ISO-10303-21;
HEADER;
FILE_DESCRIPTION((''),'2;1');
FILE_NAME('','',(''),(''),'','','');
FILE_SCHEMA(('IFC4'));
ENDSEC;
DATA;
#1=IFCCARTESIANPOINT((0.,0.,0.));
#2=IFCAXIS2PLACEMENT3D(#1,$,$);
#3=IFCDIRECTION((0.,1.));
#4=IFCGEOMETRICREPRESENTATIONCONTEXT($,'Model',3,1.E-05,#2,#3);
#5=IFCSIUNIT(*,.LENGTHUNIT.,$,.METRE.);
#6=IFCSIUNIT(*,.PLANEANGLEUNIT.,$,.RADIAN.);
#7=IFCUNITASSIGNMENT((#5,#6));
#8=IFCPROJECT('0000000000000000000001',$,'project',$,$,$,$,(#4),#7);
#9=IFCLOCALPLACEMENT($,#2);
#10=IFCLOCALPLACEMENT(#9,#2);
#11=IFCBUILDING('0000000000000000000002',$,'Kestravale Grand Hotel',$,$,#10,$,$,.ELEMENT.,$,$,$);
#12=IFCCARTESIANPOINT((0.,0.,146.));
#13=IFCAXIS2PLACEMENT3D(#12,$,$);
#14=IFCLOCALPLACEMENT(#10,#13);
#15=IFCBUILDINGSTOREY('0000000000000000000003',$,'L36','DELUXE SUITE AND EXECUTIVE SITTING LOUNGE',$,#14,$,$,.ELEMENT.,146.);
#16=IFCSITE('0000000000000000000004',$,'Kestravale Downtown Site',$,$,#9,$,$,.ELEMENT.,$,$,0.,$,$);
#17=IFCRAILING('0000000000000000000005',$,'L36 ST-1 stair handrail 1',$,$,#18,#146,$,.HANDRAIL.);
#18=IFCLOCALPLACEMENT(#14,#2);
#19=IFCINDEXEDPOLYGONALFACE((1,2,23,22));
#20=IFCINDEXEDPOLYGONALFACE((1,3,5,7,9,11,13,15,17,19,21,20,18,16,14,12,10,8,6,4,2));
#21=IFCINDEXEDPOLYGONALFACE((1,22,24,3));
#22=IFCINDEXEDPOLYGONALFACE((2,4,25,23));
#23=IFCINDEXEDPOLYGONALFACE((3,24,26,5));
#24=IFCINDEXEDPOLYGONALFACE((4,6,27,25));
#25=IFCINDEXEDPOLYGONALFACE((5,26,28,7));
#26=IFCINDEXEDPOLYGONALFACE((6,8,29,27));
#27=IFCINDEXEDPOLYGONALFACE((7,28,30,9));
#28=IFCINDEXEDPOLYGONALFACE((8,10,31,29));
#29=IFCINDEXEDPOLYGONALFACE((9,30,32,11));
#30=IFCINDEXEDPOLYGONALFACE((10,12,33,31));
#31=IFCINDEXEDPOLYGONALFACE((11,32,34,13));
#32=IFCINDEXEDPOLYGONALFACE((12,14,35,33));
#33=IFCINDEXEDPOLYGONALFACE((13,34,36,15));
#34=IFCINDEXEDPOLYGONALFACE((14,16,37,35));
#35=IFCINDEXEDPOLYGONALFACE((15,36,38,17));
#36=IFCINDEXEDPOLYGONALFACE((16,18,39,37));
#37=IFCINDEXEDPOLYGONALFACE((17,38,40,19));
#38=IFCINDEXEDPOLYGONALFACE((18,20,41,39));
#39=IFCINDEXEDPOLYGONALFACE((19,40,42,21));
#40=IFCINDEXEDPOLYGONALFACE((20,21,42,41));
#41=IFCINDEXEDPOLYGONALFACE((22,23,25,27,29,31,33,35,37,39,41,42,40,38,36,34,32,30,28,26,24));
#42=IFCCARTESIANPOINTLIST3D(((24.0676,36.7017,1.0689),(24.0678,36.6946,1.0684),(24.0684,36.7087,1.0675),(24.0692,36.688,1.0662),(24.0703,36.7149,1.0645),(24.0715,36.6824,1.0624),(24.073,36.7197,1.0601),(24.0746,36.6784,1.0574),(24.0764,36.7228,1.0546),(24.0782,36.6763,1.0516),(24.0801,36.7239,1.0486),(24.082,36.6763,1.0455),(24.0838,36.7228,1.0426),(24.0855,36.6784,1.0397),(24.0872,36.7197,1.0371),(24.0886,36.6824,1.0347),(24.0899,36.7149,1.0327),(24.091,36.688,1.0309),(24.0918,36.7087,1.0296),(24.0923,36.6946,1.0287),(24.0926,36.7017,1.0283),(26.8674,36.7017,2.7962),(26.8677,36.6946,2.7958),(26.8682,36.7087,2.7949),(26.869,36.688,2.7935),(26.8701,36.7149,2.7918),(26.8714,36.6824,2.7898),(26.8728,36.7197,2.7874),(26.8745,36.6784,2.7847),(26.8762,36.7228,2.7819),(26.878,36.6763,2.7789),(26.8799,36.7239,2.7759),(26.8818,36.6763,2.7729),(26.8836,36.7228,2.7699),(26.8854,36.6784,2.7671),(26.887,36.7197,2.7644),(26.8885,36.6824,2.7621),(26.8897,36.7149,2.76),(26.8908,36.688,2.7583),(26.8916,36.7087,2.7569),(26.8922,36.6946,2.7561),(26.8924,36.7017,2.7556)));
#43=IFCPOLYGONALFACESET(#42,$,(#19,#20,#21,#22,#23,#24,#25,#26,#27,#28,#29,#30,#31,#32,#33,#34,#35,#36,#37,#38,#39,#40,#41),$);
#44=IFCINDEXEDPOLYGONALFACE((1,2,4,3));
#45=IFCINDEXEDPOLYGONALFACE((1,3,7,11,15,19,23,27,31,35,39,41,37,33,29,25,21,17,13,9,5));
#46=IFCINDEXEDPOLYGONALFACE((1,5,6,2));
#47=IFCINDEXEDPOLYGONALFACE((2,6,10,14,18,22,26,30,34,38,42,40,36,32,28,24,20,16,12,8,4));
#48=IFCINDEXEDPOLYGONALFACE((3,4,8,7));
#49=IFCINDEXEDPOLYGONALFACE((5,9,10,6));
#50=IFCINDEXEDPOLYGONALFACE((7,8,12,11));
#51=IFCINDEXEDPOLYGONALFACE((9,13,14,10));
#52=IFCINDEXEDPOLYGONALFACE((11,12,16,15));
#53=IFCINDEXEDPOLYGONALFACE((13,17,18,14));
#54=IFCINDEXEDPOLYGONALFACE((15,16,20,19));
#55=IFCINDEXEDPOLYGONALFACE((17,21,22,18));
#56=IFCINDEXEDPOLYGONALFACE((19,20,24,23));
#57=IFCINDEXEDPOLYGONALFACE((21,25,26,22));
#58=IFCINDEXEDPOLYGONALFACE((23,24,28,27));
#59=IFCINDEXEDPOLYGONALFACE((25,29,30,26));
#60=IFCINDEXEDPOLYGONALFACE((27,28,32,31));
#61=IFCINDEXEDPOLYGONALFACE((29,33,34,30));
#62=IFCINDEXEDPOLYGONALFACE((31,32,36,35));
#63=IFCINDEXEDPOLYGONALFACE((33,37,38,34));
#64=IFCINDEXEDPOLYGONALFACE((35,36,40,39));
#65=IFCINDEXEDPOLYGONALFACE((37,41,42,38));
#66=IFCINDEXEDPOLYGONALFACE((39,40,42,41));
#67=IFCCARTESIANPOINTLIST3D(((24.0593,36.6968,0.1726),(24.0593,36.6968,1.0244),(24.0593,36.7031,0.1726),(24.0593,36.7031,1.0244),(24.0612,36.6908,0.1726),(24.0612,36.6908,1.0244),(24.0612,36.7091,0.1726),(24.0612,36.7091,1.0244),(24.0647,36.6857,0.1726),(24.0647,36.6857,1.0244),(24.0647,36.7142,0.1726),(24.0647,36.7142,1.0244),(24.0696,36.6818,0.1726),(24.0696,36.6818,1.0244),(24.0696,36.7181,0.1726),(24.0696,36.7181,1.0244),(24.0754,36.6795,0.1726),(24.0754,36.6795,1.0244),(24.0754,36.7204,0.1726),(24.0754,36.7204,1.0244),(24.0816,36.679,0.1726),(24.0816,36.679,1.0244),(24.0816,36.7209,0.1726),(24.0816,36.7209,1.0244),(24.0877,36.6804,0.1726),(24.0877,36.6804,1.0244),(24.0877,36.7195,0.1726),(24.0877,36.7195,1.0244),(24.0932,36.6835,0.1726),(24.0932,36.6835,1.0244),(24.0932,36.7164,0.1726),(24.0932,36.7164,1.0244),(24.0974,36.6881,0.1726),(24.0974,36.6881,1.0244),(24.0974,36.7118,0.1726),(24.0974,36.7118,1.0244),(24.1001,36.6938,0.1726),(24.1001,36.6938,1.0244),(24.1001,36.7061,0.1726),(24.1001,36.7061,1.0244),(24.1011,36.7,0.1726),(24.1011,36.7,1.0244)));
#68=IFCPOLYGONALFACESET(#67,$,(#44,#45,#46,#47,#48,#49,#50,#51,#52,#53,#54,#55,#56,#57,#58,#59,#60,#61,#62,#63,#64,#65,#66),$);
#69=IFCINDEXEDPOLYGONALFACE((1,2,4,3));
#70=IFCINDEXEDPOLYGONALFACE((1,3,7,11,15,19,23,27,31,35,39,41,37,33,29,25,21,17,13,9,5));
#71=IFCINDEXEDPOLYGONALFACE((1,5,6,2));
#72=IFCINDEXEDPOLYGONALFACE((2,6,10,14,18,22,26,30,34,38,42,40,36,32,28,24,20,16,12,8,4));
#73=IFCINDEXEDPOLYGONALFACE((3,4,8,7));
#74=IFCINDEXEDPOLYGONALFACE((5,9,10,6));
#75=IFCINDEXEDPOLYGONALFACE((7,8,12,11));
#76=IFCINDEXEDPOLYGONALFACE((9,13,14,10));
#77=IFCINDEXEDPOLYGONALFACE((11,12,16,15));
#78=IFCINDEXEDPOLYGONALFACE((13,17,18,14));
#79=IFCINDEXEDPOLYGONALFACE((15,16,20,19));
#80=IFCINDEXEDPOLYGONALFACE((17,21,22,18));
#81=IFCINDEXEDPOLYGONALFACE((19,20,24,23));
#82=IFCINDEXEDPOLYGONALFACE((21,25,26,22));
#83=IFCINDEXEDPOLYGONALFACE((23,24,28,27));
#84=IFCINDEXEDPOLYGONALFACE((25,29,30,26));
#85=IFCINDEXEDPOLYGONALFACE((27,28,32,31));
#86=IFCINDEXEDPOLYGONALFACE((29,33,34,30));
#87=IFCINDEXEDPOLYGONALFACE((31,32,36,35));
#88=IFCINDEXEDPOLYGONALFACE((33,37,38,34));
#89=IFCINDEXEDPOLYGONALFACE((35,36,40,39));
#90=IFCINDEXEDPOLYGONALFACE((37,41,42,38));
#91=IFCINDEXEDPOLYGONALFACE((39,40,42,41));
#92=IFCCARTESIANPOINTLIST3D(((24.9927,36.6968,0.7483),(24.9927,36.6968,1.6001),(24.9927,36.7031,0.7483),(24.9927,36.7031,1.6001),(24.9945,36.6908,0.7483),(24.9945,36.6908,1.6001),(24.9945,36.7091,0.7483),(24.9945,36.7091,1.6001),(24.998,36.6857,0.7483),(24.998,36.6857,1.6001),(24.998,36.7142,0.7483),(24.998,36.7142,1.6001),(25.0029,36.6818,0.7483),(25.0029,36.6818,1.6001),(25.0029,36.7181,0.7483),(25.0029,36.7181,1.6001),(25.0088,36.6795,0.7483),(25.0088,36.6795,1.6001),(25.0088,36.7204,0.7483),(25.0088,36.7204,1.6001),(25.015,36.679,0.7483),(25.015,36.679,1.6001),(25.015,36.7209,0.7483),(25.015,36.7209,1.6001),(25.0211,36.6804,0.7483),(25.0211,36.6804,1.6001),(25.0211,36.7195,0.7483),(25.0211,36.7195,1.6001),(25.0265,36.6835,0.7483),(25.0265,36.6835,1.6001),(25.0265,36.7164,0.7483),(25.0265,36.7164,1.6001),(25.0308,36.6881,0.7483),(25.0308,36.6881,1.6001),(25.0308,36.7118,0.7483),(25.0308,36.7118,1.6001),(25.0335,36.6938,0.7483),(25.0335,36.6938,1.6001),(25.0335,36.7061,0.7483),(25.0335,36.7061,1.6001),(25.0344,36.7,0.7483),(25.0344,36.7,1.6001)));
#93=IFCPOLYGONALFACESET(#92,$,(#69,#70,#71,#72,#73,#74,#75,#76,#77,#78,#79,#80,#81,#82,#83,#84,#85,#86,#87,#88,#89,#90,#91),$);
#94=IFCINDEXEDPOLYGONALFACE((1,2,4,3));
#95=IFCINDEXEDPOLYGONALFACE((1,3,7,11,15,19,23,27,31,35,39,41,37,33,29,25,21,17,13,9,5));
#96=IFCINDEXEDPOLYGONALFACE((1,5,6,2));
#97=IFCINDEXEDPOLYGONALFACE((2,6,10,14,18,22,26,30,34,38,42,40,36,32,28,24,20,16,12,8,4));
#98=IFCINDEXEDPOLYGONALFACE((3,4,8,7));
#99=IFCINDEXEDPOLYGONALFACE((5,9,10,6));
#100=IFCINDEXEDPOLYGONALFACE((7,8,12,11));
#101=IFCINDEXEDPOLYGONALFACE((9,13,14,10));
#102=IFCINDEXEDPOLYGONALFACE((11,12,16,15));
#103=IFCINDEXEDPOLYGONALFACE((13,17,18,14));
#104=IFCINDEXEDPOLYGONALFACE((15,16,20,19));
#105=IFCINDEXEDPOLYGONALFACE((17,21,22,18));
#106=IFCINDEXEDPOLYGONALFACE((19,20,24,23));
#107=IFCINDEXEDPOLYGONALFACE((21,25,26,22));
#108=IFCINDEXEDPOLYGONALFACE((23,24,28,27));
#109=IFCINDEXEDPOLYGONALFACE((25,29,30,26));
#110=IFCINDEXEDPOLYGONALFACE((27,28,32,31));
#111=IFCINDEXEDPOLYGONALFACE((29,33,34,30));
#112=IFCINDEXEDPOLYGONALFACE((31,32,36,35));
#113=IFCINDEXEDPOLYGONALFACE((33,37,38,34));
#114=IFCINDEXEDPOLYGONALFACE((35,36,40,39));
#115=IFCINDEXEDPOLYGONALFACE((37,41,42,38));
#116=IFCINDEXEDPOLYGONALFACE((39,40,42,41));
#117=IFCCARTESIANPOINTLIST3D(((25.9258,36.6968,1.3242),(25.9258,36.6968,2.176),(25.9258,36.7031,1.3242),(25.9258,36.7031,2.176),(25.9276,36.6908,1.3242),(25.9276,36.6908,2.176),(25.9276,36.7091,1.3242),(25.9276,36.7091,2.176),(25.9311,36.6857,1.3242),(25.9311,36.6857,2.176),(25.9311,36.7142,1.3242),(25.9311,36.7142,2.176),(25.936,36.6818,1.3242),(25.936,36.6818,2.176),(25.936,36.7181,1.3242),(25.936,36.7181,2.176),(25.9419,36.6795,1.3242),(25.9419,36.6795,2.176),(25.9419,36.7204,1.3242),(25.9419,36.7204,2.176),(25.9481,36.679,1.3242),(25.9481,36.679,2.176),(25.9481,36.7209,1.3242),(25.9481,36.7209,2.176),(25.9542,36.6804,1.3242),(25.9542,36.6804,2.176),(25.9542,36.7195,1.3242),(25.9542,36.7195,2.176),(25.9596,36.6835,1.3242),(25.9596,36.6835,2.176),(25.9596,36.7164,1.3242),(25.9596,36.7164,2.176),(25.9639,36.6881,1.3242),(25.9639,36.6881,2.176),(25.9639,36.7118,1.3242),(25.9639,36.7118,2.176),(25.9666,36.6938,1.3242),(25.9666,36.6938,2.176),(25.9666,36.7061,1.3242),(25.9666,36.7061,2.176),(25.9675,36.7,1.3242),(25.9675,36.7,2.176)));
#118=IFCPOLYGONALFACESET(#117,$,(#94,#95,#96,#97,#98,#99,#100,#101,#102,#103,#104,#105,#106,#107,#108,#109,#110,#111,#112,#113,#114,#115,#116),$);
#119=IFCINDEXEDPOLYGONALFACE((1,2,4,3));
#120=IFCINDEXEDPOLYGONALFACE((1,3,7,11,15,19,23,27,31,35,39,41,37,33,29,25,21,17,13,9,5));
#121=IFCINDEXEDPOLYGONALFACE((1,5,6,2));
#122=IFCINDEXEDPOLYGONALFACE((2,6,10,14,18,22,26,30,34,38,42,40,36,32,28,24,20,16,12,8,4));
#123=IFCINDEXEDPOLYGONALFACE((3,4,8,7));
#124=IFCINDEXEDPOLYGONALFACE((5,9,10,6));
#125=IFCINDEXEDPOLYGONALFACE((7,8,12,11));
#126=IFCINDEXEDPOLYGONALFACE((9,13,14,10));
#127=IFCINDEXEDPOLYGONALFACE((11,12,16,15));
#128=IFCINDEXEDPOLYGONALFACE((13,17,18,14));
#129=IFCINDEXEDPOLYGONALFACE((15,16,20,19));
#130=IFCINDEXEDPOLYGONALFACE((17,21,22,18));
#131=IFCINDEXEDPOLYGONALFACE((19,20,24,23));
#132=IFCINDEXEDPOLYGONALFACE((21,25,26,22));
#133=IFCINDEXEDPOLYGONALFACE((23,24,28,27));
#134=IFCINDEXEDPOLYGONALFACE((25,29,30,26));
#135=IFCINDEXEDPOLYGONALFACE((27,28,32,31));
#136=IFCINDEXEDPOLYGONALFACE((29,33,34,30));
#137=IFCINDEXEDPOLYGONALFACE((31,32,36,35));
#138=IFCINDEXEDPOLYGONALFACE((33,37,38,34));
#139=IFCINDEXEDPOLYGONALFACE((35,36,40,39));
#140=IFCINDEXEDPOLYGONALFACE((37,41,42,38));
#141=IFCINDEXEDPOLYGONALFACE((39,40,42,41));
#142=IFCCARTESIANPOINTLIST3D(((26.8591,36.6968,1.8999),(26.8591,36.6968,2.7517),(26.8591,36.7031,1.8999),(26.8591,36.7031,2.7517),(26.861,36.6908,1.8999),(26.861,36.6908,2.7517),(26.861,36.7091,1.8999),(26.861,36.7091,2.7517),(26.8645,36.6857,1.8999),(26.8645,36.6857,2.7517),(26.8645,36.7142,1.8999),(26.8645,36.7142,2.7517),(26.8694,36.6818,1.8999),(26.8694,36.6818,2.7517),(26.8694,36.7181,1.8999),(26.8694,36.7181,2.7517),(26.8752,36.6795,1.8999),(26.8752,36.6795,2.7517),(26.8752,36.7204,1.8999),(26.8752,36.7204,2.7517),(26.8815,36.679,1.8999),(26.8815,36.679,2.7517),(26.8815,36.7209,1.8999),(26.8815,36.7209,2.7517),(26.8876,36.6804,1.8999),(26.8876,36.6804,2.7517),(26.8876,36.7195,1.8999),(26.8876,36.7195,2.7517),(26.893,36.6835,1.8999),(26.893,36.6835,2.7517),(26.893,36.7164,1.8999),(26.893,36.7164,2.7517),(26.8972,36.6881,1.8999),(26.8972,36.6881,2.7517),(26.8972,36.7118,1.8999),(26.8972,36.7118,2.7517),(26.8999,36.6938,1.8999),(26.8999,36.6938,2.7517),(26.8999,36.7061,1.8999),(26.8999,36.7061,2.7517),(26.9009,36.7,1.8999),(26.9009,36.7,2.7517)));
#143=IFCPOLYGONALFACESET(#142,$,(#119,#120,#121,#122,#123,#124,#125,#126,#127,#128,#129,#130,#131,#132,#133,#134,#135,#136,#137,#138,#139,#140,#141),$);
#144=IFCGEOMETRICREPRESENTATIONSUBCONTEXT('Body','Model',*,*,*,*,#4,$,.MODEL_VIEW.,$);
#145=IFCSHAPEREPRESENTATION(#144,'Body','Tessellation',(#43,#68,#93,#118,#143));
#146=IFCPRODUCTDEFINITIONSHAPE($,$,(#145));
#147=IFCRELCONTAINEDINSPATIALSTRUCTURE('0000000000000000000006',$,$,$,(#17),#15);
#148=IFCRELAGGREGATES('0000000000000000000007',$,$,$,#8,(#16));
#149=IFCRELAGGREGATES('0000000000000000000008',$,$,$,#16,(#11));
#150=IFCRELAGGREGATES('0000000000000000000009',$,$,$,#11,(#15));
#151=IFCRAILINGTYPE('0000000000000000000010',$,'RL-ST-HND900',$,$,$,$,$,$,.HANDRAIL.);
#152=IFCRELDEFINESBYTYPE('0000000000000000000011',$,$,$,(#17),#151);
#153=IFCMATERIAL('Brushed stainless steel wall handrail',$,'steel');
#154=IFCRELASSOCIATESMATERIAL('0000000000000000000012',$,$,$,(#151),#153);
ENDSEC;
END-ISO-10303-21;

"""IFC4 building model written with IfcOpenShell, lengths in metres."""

from ifc_helpers import new_model, si_unit, direction, frame, origin, origin_2d, place, context, subcontext, project, spatial, circle, extrude, material, type_object, element, save


model = new_model("IFC4")

# Units and contexts
model_context = context("Model", 3, precision=1e-05, world=origin(), true_north=direction((0.0, 1.0)))
body_context = subcontext(model_context, "Body", "Model", "MODEL_VIEW")
ifc_project = project(units=[si_unit("LENGTHUNIT", "METRE"), si_unit("PLANEANGLEUNIT", "RADIAN")], contexts=[model_context])

# Site, building, storey
site_placement = place(None, origin())
site = spatial("IfcSite", under=ifc_project, at=site_placement, Name="Kestravale Downtown Site", CompositionType="ELEMENT", RefElevation=0.0)
building_placement = place(site_placement, origin())
building = spatial("IfcBuilding", under=site, at=building_placement, Name="Kestravale Grand Hotel", CompositionType="ELEMENT")
storey_placement = place(building_placement, frame((0.0, 0.0, 146.0)))
storey = spatial("IfcBuildingStorey", under=building, at=storey_placement, Name="L36", Description="DELUXE SUITE AND EXECUTIVE SITTING LOUNGE", CompositionType="ELEMENT", Elevation=146.0)

# Railing
ifc_material_1 = material(Name="Brushed stainless steel wall handrail", Category="steel")
railing_type_1 = type_object("IfcRailingType", Name="RL-ST-HND900", PredefinedType="HANDRAIL", material=ifc_material_1)
railing_1_placement = place(storey_placement, frame((24.0801, 36.7, 0.1726)))
element("IfcRailing", 1, at=railing_1_placement, inside=storey, type_object=railing_type_1, Name="L36 ST-1 stair handrail 1", PredefinedType="HANDRAIL", context=body_context, shape_type="SweptSolid", body=[
    extrude(circle(Radius=0.0239, at=origin_2d()), frame((0.0, 0.0, 0.876), z_axis=(0.851069, 0.0, 0.525054), x_axis=(0.0, 1.0, 0.0)), (0.0, 0.0, 1.0), 3.2898),
    extrude(circle(Radius=0.021, at=origin_2d()), origin(), (0.0, 0.0, 1.0), 0.8518),
    extrude(circle(Radius=0.021, at=origin_2d()), frame((0.9333, 0.0, 0.5757)), (0.0, 0.0, 1.0), 0.8518),
    extrude(circle(Radius=0.021, at=origin_2d()), frame((1.8665, 0.0, 1.1516)), (0.0, 0.0, 1.0), 0.8518),
    extrude(circle(Radius=0.021, at=origin_2d()), frame((2.7998, 0.0, 1.7273)), (0.0, 0.0, 1.0), 0.8518),
])

save(model, "model.ifc")
